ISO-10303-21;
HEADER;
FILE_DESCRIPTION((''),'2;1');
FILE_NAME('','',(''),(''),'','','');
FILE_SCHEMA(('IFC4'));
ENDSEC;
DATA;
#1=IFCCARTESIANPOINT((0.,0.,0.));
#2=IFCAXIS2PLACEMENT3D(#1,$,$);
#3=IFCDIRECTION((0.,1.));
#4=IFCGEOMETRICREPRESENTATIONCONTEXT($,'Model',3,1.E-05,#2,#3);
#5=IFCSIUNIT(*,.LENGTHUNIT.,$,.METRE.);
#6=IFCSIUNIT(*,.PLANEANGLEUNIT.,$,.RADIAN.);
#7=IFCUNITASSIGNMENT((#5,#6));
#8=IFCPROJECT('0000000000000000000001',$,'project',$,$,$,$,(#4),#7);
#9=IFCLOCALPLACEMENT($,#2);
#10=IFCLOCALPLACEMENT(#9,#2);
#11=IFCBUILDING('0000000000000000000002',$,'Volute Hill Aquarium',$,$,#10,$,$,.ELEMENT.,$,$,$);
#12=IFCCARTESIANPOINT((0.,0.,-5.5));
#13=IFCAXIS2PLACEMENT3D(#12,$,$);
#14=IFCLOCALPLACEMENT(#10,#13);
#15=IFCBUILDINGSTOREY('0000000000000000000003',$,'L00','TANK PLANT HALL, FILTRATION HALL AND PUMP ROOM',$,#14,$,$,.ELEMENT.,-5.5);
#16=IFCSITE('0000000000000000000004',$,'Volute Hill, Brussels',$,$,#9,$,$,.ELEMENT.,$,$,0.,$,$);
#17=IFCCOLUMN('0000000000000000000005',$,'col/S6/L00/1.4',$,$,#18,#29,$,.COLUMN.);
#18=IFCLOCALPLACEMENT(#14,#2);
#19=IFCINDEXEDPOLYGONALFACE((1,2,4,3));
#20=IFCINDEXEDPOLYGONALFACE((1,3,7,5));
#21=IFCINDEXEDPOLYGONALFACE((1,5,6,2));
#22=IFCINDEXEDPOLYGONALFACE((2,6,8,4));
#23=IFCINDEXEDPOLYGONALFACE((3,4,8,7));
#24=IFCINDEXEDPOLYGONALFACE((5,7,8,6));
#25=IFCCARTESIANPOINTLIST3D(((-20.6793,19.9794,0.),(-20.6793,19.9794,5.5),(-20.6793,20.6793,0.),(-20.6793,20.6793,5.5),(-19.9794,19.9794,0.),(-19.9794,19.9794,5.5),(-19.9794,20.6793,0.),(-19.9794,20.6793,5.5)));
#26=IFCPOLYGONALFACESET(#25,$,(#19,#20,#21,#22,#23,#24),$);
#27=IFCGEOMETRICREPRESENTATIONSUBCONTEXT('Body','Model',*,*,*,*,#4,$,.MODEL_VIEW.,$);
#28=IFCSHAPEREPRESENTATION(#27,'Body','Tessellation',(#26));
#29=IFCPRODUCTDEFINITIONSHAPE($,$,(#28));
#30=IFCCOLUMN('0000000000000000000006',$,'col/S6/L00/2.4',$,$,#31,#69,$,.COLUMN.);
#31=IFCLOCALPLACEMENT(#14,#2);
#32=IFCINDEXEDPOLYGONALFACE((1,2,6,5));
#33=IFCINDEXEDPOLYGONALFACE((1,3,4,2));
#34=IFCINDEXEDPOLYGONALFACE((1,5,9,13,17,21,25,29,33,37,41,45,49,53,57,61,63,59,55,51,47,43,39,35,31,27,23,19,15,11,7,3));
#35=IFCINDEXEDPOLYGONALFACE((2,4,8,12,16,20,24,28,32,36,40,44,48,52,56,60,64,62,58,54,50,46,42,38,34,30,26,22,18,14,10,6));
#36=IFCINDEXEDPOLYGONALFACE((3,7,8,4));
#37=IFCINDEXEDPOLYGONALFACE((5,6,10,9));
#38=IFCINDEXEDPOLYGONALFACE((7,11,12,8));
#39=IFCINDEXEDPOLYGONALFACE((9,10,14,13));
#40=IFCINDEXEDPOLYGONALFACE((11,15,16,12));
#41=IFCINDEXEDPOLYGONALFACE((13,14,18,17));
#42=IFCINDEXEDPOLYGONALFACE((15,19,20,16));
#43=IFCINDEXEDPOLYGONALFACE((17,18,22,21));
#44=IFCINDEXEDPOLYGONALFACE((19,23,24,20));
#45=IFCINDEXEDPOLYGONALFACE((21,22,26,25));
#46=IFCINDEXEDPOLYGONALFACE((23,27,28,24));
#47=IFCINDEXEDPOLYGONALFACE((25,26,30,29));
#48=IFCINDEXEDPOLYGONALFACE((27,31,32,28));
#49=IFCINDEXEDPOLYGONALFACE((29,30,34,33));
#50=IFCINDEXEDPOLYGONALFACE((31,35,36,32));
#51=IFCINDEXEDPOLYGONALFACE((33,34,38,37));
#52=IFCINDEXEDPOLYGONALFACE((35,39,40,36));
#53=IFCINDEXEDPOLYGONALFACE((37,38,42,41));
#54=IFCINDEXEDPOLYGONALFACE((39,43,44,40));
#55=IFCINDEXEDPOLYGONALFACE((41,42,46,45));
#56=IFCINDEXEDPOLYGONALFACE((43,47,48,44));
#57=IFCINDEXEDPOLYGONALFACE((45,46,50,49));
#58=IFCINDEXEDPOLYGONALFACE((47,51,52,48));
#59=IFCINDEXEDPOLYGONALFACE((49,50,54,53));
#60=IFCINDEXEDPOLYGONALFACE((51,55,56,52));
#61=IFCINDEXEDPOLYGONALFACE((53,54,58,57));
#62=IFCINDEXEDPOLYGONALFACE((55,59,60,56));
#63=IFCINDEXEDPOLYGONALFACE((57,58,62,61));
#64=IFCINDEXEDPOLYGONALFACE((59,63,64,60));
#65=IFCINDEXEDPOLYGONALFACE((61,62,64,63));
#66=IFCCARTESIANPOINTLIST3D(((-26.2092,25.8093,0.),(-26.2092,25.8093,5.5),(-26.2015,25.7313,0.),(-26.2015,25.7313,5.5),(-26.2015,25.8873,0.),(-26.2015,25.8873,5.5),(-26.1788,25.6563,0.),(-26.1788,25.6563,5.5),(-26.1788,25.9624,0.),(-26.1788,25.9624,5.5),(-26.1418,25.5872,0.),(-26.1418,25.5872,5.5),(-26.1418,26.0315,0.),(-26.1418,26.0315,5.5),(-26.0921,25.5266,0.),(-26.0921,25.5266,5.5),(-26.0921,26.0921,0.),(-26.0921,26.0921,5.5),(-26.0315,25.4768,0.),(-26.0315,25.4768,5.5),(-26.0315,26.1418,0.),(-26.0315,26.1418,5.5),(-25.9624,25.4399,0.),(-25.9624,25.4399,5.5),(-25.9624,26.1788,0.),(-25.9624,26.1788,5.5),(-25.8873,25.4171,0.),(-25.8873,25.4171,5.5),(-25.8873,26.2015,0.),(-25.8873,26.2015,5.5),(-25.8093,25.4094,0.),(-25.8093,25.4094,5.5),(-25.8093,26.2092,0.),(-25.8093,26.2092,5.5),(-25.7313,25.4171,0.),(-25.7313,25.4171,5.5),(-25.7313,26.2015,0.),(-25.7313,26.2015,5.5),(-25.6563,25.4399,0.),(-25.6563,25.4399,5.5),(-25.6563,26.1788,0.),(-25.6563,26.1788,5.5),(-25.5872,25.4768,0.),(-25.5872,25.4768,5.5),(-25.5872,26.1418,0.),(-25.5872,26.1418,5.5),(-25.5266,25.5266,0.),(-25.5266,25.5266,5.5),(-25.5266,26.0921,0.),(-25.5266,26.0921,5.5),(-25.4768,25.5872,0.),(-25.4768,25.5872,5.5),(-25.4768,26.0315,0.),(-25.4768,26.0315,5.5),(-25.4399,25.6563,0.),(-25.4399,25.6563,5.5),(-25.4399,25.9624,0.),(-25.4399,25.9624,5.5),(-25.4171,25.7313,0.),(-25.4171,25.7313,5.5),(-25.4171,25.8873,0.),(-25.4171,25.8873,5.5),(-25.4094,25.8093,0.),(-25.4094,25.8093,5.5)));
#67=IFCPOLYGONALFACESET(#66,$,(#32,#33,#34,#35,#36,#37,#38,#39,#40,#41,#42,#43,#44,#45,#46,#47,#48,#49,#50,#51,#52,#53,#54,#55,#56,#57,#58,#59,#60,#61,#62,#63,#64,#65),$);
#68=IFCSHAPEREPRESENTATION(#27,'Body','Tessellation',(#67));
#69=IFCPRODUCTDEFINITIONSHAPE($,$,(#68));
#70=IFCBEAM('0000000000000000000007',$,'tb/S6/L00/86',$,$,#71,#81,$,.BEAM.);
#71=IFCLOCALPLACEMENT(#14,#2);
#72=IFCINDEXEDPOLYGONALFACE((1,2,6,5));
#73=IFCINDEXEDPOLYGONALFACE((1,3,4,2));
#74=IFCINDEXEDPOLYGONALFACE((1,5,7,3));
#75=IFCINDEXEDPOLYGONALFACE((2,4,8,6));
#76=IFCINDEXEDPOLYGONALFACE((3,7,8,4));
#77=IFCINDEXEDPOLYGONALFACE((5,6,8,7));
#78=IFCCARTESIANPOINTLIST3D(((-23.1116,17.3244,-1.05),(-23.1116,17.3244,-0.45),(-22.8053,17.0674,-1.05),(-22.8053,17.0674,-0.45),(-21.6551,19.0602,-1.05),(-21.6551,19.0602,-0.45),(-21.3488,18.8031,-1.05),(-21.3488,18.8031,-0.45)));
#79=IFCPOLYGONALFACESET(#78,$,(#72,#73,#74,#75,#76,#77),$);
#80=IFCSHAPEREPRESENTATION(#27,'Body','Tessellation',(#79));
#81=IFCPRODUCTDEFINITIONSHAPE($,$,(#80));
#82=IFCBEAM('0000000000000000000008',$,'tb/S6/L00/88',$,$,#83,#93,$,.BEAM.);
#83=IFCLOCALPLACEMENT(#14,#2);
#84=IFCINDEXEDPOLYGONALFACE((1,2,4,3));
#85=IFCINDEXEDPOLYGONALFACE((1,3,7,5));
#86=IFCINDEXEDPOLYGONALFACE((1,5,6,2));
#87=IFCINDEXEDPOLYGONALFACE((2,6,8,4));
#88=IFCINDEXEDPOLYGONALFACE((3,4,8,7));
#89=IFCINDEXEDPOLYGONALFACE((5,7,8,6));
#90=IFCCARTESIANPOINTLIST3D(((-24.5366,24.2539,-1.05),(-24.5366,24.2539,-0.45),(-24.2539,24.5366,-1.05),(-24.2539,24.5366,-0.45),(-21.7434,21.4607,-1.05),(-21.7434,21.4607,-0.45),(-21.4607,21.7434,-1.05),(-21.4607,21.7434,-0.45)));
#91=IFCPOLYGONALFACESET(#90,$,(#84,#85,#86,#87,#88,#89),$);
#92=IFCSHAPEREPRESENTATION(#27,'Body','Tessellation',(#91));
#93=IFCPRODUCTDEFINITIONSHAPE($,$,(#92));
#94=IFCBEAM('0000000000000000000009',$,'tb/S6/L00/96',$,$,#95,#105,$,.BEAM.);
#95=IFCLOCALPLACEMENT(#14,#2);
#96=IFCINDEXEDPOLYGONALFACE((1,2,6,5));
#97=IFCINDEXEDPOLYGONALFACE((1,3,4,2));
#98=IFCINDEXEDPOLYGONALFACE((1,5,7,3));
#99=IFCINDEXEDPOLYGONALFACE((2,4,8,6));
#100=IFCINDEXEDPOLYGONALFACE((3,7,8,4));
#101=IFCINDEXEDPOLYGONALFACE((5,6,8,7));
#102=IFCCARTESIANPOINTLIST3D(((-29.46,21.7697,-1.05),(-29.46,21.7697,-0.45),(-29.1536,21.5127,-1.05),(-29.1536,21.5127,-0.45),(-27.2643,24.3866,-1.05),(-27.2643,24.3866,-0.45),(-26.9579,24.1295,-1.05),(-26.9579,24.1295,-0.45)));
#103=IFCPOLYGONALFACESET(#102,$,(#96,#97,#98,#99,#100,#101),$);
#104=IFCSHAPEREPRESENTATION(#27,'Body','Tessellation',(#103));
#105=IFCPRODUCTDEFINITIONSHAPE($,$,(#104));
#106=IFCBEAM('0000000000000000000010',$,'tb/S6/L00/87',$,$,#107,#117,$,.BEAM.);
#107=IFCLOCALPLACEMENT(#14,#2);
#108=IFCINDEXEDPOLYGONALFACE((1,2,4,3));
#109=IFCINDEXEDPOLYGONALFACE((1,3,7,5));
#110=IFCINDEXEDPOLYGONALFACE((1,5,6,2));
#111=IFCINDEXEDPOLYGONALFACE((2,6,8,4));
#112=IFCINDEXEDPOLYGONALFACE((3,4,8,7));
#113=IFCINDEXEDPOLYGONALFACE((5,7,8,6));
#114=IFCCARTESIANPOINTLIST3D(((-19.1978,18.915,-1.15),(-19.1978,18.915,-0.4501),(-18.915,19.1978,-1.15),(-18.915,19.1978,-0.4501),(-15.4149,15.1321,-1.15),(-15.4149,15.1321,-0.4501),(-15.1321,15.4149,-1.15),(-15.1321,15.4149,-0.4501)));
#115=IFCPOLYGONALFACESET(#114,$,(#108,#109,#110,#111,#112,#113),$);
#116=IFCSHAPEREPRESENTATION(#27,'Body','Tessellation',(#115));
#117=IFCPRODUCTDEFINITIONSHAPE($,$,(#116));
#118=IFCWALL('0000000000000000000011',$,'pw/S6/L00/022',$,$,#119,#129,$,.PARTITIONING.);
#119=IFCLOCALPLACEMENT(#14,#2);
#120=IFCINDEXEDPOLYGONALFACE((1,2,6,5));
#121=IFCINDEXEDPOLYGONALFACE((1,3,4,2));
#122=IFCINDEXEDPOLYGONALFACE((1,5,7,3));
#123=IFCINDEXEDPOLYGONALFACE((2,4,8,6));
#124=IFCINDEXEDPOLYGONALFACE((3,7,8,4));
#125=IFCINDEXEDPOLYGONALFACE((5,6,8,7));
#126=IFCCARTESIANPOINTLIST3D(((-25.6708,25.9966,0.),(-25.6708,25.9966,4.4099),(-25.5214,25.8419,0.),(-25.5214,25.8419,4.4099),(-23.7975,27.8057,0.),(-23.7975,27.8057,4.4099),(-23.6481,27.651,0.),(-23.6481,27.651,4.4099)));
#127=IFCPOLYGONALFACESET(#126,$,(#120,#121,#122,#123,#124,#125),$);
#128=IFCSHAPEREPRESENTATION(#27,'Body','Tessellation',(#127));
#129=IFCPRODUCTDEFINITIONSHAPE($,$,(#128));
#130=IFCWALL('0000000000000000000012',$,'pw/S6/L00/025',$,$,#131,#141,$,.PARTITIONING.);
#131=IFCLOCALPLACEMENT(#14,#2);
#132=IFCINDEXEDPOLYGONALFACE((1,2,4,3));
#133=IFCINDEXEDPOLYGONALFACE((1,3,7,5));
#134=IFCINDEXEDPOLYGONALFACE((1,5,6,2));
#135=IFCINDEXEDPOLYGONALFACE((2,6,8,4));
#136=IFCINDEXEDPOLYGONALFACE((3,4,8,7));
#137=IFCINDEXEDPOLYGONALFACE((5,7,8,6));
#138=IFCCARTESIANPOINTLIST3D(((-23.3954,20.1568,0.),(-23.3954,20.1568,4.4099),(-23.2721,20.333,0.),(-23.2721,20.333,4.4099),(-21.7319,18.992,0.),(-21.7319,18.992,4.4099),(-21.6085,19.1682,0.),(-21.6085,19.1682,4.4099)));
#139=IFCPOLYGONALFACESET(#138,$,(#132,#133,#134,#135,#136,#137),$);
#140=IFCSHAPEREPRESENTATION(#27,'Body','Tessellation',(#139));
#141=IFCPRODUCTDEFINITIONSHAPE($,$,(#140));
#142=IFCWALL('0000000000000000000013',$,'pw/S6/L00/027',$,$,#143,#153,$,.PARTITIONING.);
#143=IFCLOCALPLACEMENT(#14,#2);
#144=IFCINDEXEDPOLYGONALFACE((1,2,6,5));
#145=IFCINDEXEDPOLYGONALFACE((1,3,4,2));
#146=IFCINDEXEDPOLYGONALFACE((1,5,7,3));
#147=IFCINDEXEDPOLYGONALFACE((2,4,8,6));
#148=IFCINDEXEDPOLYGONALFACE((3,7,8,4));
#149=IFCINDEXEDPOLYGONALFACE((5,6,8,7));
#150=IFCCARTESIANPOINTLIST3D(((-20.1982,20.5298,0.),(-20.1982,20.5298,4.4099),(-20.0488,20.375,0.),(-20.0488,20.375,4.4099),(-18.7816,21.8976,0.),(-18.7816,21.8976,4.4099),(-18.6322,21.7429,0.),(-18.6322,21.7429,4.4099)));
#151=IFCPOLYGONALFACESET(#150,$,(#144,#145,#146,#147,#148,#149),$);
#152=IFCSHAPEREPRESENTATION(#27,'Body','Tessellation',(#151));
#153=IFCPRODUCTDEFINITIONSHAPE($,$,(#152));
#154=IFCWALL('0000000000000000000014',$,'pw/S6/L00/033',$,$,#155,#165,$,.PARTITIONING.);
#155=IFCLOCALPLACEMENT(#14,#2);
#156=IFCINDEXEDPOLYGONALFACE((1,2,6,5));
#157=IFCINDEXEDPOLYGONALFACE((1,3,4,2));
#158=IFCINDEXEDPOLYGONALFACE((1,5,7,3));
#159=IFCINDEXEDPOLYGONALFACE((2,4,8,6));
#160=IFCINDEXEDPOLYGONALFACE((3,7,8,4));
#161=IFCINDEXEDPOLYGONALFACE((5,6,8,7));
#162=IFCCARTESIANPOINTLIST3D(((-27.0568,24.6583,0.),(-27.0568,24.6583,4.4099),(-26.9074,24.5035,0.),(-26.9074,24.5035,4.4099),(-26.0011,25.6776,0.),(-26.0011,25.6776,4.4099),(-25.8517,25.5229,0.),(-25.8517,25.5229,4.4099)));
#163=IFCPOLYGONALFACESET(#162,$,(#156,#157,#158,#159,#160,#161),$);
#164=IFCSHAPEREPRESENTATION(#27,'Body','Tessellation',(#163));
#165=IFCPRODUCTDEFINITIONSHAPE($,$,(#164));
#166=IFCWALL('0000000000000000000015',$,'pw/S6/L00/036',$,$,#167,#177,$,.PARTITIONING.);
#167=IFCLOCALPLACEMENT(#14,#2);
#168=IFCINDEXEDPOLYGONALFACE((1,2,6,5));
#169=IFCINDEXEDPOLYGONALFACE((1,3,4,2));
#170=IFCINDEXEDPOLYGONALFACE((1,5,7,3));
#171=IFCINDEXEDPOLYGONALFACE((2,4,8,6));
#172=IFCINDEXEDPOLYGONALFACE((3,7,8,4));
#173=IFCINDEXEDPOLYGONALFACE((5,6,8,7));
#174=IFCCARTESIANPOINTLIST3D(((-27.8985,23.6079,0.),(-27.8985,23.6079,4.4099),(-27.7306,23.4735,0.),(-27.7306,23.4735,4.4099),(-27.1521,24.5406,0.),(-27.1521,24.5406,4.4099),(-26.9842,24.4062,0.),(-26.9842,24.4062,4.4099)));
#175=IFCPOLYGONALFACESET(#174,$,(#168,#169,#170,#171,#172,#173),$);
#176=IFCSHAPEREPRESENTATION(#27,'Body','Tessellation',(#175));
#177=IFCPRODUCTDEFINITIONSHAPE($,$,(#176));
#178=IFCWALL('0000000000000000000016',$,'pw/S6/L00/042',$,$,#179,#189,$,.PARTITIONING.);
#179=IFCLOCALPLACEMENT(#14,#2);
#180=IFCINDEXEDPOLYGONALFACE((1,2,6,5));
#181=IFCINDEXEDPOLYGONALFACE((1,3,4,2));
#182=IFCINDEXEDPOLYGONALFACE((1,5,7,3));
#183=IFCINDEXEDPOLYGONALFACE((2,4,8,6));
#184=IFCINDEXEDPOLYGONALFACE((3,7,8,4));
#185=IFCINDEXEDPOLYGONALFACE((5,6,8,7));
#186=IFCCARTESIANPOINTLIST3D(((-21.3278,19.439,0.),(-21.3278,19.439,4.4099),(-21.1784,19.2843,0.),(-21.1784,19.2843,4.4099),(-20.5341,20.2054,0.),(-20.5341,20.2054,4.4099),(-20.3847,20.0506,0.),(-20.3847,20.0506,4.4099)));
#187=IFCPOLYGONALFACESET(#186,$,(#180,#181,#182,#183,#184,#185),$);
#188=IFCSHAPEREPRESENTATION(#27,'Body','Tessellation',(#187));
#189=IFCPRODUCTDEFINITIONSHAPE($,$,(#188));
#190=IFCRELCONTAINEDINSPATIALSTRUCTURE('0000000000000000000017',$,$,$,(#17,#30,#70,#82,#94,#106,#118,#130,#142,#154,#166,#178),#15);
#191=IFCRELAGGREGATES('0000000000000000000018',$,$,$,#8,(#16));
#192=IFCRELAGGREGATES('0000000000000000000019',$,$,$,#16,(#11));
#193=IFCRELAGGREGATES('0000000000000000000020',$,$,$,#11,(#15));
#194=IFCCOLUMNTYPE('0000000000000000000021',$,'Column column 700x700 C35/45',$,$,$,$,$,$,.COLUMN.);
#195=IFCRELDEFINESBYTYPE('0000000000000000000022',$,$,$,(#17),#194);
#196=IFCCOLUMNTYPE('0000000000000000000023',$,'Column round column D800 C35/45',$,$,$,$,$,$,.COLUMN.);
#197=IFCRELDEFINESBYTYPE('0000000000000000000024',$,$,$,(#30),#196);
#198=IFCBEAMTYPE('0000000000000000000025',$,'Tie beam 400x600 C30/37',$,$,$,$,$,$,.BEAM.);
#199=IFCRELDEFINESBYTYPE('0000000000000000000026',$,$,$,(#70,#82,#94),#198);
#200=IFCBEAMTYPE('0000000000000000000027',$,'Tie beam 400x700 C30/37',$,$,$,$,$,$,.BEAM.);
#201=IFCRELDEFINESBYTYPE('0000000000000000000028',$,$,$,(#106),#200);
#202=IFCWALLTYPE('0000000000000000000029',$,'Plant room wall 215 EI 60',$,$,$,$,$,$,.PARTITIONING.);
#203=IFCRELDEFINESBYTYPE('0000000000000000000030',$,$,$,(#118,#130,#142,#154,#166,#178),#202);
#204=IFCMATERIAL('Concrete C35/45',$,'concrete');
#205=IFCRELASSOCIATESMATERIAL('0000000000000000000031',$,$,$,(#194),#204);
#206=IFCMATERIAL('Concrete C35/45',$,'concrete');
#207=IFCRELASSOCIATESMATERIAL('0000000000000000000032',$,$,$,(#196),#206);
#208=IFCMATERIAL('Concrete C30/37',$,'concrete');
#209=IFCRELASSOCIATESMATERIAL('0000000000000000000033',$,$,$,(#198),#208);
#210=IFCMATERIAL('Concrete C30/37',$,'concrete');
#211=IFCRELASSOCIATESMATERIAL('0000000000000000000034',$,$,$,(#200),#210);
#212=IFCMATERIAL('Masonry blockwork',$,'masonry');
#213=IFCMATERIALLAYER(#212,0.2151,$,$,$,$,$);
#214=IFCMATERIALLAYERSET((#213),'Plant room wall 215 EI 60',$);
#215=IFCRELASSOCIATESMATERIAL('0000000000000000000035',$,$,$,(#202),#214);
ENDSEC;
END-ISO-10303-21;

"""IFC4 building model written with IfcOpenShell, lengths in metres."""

from ifc_helpers import new_model, si_unit, direction, frame, frame_2d, origin, origin_2d, place, context, subcontext, project, spatial, rectangle, circle, extrude, material, layer, layer_set, material_profile, profile_set, type_object, element, save


model = new_model("IFC4")

# Units and contexts
model_context = context("Model", 3, precision=1e-05, world=origin(), true_north=direction((0.0, 1.0)))
body_context = subcontext(model_context, "Body", "Model", "MODEL_VIEW")
ifc_project = project(units=[si_unit("LENGTHUNIT", "METRE"), si_unit("PLANEANGLEUNIT", "RADIAN")], contexts=[model_context])

# Site, building, storey
site_placement = place(None, origin())
site = spatial("IfcSite", under=ifc_project, at=site_placement, Name="Volute Hill, Brussels", CompositionType="ELEMENT", RefElevation=0.0)
building_placement = place(site_placement, origin())
building = spatial("IfcBuilding", under=site, at=building_placement, Name="Volute Hill Aquarium", CompositionType="ELEMENT")
storey_placement = place(building_placement, frame((0.0, 0.0, -5.5)))
storey = spatial("IfcBuildingStorey", under=building, at=storey_placement, Name="L00", Description="TANK PLANT HALL, FILTRATION HALL AND PUMP ROOM", CompositionType="ELEMENT", Elevation=-5.5)

# Columns
ifc_material_1 = material(Name="Concrete C35/45", Category="concrete")
ifc_material_profile_1 = material_profile(ifc_material_1, rectangle(XDim=0.7, YDim=0.7, at=origin_2d()), Name="RC column 700x700")
ifc_profile_set_1 = profile_set([ifc_material_profile_1], Name="Concrete C35/45")
column_type_1 = type_object("IfcColumnType", Name="Column column 700x700 C35/45", PredefinedType="COLUMN", material=ifc_profile_set_1)
column_1_placement = place(storey_placement, frame((-20.3293, 20.3293, 0.0), z_axis=(0.0, 0.0, 1.0), x_axis=(1.0, 0.0, 0.0)))
element("IfcColumn", 1, at=column_1_placement, inside=storey, type_object=column_type_1, Name="col/S6/L00/1.4", PredefinedType="COLUMN", context=body_context, shape_type="SweptSolid", body=[
    extrude(rectangle(XDim=0.7, YDim=0.7, at=origin_2d()), origin(), (0.0, 0.0, 1.0), 5.5),
])
ifc_material_2 = material(Name="Concrete C35/45", Category="concrete")
ifc_material_profile_2 = material_profile(ifc_material_2, circle(Radius=0.3999, at=origin_2d()), Name="RC round column D800")
ifc_profile_set_2 = profile_set([ifc_material_profile_2], Name="Concrete C35/45")
column_type_2 = type_object("IfcColumnType", Name="Column round column D800 C35/45", PredefinedType="COLUMN", material=ifc_profile_set_2)
column_2_placement = place(storey_placement, frame((-25.8093, 25.8093, 0.0), z_axis=(0.0, 0.0, 1.0), x_axis=(1.0, 0.0, 0.0)))
element("IfcColumn", 2, at=column_2_placement, inside=storey, type_object=column_type_2, Name="col/S6/L00/2.4", PredefinedType="COLUMN", context=body_context, shape_type="SweptSolid", body=[
    extrude(circle(Radius=0.3999, at=origin_2d()), origin(), (0.0, 0.0, 1.0), 5.5),
])

# Beams
ifc_material_3 = material(Name="Concrete C30/37", Category="concrete")
ifc_material_profile_3 = material_profile(ifc_material_3, rectangle(XDim=0.3999, YDim=0.6001, at=origin_2d()), Name="RC tie beam 400x600")
ifc_profile_set_3 = profile_set([ifc_material_profile_3], Name="Concrete C30/37")
beam_type_1 = type_object("IfcBeamType", Name="Tie beam 400x600 C30/37", PredefinedType="BEAM", material=ifc_profile_set_3)
beam_1_placement = place(storey_placement, frame((-21.502, 18.9316, -0.75), z_axis=(-0.642788, -0.766044, 0.0), x_axis=(0.766044, -0.642788, 0.0)))
element("IfcBeam", 3, at=beam_1_placement, inside=storey, type_object=beam_type_1, Name="tb/S6/L00/86", PredefinedType="BEAM", context=body_context, shape_type="SweptSolid", body=[
    extrude(rectangle(XDim=0.3999, YDim=0.6001, at=origin_2d()), origin(), (0.0, 0.0, 1.0), 2.2659),
])
beam_2_placement = place(storey_placement, frame((-21.6021, 21.6021, -0.75), z_axis=(-0.707107, 0.707107, 0.0), x_axis=(-0.707107, -0.707107, 0.0)))
element("IfcBeam", 4, at=beam_2_placement, inside=storey, type_object=beam_type_1, Name="tb/S6/L00/88", PredefinedType="BEAM", context=body_context, shape_type="SweptSolid", body=[
    extrude(rectangle(XDim=0.3999, YDim=0.6001, at=origin_2d()), origin(), (0.0, 0.0, 1.0), 3.9502),
])
beam_3_placement = place(storey_placement, frame((-27.1111, 24.2581, -0.75), z_axis=(-0.642775, -0.766055, 0.0), x_axis=(0.766055, -0.642775, 0.0)))
element("IfcBeam", 5, at=beam_3_placement, inside=storey, type_object=beam_type_1, Name="tb/S6/L00/96", PredefinedType="BEAM", context=body_context, shape_type="SweptSolid", body=[
    extrude(rectangle(XDim=0.3999, YDim=0.6001, at=origin_2d()), origin(), (0.0, 0.0, 1.0), 3.416),
])
ifc_material_4 = material(Name="Concrete C30/37", Category="concrete")
ifc_material_profile_4 = material_profile(ifc_material_4, rectangle(XDim=0.3999, YDim=0.7, at=origin_2d()), Name="RC tie beam 400x700")
ifc_profile_set_4 = profile_set([ifc_material_profile_4], Name="Concrete C30/37")
beam_type_2 = type_object("IfcBeamType", Name="Tie beam 400x700 C30/37", PredefinedType="BEAM", material=ifc_profile_set_4)
beam_4_placement = place(storey_placement, frame((-19.0564, 19.0564, -0.8), z_axis=(0.707107, -0.707107, 0.0), x_axis=(0.707107, 0.707107, 0.0)))
element("IfcBeam", 6, at=beam_4_placement, inside=storey, type_object=beam_type_2, Name="tb/S6/L00/87", PredefinedType="BEAM", context=body_context, shape_type="SweptSolid", body=[
    extrude(rectangle(XDim=0.3999, YDim=0.7, at=origin_2d()), origin(), (0.0, 0.0, 1.0), 5.3499),
])

# Shared definitions
ifc_material_5 = material(Name="Masonry blockwork", Category="masonry")
ifc_layer_1 = layer(ifc_material_5, 0.2151)
ifc_layer_set_1 = layer_set([ifc_layer_1], Name="Plant room wall 215 EI 60")
wall_type = type_object("IfcWallType", Name="Plant room wall 215 EI 60", PredefinedType="PARTITIONING", material=ifc_layer_set_1)

# Walls
wall_1_placement = place(storey_placement, frame((-25.5962, 25.9192, 0.0), z_axis=(0.0, 0.0, 1.0), x_axis=(0.719327, 0.694671, 0.0)))
element("IfcWall", 7, at=wall_1_placement, inside=storey, type_object=wall_type, Name="pw/S6/L00/022", PredefinedType="PARTITIONING", context=body_context, shape_type="SweptSolid", body=[
    extrude(rectangle(XDim=2.6042, YDim=0.2151, at=frame_2d((1.3022, 0.0))), origin(), (0.0, 0.0, 1.0), 4.4099),
])
wall_2_placement = place(storey_placement, frame((-23.3337, 20.2449, 0.0), z_axis=(0.0, 0.0, 1.0), x_axis=(0.819164, -0.573559, 0.0)))
element("IfcWall", 8, at=wall_2_placement, inside=storey, type_object=wall_type, Name="pw/S6/L00/025", PredefinedType="PARTITIONING", context=body_context, shape_type="SweptSolid", body=[
    extrude(rectangle(XDim=2.0308, YDim=0.2151, at=frame_2d((1.0154, 0.0))), origin(), (0.0, 0.0, 1.0), 4.4099),
])
wall_3_placement = place(storey_placement, frame((-20.1235, 20.4524, 0.0), z_axis=(0.0, 0.0, 1.0), x_axis=(0.719395, 0.694601, 0.0)))
element("IfcWall", 9, at=wall_3_placement, inside=storey, type_object=wall_type, Name="pw/S6/L00/027", PredefinedType="PARTITIONING", context=body_context, shape_type="SweptSolid", body=[
    extrude(rectangle(XDim=1.9692, YDim=0.2151, at=frame_2d((0.9846, 0.0))), origin(), (0.0, 0.0, 1.0), 4.4099),
])
wall_4_placement = place(storey_placement, frame((-26.9822, 24.5808, 0.0), z_axis=(0.0, 0.0, 1.0), x_axis=(0.719393, 0.694603, 0.0)))
element("IfcWall", 10, at=wall_4_placement, inside=storey, type_object=wall_type, Name="pw/S6/L00/033", PredefinedType="PARTITIONING", context=body_context, shape_type="SweptSolid", body=[
    extrude(rectangle(XDim=1.4675, YDim=0.2151, at=frame_2d((0.7339, 0.0))), origin(), (0.0, 0.0, 1.0), 4.4099),
])
wall_5_placement = place(storey_placement, frame((-27.8145, 23.5408, 0.0), z_axis=(0.0, 0.0, 1.0), x_axis=(0.62482, 0.780769, 0.0)))
element("IfcWall", 11, at=wall_5_placement, inside=storey, type_object=wall_type, Name="pw/S6/L00/036", PredefinedType="PARTITIONING", context=body_context, shape_type="SweptSolid", body=[
    extrude(rectangle(XDim=1.1946, YDim=0.2151, at=frame_2d((0.5972, 0.0))), origin(), (0.0, 0.0, 1.0), 4.4099),
])
wall_6_placement = place(storey_placement, frame((-21.2532, 19.3616, 0.0), z_axis=(0.0, 0.0, 1.0), x_axis=(0.71939, 0.694606, 0.0)))
element("IfcWall", 12, at=wall_6_placement, inside=storey, type_object=wall_type, Name="pw/S6/L00/042", PredefinedType="PARTITIONING", context=body_context, shape_type="SweptSolid", body=[
    extrude(rectangle(XDim=1.1033, YDim=0.2151, at=frame_2d((0.5518, 0.0))), origin(), (0.0, 0.0, 1.0), 4.4099),
])

save(model, "model.ifc")
